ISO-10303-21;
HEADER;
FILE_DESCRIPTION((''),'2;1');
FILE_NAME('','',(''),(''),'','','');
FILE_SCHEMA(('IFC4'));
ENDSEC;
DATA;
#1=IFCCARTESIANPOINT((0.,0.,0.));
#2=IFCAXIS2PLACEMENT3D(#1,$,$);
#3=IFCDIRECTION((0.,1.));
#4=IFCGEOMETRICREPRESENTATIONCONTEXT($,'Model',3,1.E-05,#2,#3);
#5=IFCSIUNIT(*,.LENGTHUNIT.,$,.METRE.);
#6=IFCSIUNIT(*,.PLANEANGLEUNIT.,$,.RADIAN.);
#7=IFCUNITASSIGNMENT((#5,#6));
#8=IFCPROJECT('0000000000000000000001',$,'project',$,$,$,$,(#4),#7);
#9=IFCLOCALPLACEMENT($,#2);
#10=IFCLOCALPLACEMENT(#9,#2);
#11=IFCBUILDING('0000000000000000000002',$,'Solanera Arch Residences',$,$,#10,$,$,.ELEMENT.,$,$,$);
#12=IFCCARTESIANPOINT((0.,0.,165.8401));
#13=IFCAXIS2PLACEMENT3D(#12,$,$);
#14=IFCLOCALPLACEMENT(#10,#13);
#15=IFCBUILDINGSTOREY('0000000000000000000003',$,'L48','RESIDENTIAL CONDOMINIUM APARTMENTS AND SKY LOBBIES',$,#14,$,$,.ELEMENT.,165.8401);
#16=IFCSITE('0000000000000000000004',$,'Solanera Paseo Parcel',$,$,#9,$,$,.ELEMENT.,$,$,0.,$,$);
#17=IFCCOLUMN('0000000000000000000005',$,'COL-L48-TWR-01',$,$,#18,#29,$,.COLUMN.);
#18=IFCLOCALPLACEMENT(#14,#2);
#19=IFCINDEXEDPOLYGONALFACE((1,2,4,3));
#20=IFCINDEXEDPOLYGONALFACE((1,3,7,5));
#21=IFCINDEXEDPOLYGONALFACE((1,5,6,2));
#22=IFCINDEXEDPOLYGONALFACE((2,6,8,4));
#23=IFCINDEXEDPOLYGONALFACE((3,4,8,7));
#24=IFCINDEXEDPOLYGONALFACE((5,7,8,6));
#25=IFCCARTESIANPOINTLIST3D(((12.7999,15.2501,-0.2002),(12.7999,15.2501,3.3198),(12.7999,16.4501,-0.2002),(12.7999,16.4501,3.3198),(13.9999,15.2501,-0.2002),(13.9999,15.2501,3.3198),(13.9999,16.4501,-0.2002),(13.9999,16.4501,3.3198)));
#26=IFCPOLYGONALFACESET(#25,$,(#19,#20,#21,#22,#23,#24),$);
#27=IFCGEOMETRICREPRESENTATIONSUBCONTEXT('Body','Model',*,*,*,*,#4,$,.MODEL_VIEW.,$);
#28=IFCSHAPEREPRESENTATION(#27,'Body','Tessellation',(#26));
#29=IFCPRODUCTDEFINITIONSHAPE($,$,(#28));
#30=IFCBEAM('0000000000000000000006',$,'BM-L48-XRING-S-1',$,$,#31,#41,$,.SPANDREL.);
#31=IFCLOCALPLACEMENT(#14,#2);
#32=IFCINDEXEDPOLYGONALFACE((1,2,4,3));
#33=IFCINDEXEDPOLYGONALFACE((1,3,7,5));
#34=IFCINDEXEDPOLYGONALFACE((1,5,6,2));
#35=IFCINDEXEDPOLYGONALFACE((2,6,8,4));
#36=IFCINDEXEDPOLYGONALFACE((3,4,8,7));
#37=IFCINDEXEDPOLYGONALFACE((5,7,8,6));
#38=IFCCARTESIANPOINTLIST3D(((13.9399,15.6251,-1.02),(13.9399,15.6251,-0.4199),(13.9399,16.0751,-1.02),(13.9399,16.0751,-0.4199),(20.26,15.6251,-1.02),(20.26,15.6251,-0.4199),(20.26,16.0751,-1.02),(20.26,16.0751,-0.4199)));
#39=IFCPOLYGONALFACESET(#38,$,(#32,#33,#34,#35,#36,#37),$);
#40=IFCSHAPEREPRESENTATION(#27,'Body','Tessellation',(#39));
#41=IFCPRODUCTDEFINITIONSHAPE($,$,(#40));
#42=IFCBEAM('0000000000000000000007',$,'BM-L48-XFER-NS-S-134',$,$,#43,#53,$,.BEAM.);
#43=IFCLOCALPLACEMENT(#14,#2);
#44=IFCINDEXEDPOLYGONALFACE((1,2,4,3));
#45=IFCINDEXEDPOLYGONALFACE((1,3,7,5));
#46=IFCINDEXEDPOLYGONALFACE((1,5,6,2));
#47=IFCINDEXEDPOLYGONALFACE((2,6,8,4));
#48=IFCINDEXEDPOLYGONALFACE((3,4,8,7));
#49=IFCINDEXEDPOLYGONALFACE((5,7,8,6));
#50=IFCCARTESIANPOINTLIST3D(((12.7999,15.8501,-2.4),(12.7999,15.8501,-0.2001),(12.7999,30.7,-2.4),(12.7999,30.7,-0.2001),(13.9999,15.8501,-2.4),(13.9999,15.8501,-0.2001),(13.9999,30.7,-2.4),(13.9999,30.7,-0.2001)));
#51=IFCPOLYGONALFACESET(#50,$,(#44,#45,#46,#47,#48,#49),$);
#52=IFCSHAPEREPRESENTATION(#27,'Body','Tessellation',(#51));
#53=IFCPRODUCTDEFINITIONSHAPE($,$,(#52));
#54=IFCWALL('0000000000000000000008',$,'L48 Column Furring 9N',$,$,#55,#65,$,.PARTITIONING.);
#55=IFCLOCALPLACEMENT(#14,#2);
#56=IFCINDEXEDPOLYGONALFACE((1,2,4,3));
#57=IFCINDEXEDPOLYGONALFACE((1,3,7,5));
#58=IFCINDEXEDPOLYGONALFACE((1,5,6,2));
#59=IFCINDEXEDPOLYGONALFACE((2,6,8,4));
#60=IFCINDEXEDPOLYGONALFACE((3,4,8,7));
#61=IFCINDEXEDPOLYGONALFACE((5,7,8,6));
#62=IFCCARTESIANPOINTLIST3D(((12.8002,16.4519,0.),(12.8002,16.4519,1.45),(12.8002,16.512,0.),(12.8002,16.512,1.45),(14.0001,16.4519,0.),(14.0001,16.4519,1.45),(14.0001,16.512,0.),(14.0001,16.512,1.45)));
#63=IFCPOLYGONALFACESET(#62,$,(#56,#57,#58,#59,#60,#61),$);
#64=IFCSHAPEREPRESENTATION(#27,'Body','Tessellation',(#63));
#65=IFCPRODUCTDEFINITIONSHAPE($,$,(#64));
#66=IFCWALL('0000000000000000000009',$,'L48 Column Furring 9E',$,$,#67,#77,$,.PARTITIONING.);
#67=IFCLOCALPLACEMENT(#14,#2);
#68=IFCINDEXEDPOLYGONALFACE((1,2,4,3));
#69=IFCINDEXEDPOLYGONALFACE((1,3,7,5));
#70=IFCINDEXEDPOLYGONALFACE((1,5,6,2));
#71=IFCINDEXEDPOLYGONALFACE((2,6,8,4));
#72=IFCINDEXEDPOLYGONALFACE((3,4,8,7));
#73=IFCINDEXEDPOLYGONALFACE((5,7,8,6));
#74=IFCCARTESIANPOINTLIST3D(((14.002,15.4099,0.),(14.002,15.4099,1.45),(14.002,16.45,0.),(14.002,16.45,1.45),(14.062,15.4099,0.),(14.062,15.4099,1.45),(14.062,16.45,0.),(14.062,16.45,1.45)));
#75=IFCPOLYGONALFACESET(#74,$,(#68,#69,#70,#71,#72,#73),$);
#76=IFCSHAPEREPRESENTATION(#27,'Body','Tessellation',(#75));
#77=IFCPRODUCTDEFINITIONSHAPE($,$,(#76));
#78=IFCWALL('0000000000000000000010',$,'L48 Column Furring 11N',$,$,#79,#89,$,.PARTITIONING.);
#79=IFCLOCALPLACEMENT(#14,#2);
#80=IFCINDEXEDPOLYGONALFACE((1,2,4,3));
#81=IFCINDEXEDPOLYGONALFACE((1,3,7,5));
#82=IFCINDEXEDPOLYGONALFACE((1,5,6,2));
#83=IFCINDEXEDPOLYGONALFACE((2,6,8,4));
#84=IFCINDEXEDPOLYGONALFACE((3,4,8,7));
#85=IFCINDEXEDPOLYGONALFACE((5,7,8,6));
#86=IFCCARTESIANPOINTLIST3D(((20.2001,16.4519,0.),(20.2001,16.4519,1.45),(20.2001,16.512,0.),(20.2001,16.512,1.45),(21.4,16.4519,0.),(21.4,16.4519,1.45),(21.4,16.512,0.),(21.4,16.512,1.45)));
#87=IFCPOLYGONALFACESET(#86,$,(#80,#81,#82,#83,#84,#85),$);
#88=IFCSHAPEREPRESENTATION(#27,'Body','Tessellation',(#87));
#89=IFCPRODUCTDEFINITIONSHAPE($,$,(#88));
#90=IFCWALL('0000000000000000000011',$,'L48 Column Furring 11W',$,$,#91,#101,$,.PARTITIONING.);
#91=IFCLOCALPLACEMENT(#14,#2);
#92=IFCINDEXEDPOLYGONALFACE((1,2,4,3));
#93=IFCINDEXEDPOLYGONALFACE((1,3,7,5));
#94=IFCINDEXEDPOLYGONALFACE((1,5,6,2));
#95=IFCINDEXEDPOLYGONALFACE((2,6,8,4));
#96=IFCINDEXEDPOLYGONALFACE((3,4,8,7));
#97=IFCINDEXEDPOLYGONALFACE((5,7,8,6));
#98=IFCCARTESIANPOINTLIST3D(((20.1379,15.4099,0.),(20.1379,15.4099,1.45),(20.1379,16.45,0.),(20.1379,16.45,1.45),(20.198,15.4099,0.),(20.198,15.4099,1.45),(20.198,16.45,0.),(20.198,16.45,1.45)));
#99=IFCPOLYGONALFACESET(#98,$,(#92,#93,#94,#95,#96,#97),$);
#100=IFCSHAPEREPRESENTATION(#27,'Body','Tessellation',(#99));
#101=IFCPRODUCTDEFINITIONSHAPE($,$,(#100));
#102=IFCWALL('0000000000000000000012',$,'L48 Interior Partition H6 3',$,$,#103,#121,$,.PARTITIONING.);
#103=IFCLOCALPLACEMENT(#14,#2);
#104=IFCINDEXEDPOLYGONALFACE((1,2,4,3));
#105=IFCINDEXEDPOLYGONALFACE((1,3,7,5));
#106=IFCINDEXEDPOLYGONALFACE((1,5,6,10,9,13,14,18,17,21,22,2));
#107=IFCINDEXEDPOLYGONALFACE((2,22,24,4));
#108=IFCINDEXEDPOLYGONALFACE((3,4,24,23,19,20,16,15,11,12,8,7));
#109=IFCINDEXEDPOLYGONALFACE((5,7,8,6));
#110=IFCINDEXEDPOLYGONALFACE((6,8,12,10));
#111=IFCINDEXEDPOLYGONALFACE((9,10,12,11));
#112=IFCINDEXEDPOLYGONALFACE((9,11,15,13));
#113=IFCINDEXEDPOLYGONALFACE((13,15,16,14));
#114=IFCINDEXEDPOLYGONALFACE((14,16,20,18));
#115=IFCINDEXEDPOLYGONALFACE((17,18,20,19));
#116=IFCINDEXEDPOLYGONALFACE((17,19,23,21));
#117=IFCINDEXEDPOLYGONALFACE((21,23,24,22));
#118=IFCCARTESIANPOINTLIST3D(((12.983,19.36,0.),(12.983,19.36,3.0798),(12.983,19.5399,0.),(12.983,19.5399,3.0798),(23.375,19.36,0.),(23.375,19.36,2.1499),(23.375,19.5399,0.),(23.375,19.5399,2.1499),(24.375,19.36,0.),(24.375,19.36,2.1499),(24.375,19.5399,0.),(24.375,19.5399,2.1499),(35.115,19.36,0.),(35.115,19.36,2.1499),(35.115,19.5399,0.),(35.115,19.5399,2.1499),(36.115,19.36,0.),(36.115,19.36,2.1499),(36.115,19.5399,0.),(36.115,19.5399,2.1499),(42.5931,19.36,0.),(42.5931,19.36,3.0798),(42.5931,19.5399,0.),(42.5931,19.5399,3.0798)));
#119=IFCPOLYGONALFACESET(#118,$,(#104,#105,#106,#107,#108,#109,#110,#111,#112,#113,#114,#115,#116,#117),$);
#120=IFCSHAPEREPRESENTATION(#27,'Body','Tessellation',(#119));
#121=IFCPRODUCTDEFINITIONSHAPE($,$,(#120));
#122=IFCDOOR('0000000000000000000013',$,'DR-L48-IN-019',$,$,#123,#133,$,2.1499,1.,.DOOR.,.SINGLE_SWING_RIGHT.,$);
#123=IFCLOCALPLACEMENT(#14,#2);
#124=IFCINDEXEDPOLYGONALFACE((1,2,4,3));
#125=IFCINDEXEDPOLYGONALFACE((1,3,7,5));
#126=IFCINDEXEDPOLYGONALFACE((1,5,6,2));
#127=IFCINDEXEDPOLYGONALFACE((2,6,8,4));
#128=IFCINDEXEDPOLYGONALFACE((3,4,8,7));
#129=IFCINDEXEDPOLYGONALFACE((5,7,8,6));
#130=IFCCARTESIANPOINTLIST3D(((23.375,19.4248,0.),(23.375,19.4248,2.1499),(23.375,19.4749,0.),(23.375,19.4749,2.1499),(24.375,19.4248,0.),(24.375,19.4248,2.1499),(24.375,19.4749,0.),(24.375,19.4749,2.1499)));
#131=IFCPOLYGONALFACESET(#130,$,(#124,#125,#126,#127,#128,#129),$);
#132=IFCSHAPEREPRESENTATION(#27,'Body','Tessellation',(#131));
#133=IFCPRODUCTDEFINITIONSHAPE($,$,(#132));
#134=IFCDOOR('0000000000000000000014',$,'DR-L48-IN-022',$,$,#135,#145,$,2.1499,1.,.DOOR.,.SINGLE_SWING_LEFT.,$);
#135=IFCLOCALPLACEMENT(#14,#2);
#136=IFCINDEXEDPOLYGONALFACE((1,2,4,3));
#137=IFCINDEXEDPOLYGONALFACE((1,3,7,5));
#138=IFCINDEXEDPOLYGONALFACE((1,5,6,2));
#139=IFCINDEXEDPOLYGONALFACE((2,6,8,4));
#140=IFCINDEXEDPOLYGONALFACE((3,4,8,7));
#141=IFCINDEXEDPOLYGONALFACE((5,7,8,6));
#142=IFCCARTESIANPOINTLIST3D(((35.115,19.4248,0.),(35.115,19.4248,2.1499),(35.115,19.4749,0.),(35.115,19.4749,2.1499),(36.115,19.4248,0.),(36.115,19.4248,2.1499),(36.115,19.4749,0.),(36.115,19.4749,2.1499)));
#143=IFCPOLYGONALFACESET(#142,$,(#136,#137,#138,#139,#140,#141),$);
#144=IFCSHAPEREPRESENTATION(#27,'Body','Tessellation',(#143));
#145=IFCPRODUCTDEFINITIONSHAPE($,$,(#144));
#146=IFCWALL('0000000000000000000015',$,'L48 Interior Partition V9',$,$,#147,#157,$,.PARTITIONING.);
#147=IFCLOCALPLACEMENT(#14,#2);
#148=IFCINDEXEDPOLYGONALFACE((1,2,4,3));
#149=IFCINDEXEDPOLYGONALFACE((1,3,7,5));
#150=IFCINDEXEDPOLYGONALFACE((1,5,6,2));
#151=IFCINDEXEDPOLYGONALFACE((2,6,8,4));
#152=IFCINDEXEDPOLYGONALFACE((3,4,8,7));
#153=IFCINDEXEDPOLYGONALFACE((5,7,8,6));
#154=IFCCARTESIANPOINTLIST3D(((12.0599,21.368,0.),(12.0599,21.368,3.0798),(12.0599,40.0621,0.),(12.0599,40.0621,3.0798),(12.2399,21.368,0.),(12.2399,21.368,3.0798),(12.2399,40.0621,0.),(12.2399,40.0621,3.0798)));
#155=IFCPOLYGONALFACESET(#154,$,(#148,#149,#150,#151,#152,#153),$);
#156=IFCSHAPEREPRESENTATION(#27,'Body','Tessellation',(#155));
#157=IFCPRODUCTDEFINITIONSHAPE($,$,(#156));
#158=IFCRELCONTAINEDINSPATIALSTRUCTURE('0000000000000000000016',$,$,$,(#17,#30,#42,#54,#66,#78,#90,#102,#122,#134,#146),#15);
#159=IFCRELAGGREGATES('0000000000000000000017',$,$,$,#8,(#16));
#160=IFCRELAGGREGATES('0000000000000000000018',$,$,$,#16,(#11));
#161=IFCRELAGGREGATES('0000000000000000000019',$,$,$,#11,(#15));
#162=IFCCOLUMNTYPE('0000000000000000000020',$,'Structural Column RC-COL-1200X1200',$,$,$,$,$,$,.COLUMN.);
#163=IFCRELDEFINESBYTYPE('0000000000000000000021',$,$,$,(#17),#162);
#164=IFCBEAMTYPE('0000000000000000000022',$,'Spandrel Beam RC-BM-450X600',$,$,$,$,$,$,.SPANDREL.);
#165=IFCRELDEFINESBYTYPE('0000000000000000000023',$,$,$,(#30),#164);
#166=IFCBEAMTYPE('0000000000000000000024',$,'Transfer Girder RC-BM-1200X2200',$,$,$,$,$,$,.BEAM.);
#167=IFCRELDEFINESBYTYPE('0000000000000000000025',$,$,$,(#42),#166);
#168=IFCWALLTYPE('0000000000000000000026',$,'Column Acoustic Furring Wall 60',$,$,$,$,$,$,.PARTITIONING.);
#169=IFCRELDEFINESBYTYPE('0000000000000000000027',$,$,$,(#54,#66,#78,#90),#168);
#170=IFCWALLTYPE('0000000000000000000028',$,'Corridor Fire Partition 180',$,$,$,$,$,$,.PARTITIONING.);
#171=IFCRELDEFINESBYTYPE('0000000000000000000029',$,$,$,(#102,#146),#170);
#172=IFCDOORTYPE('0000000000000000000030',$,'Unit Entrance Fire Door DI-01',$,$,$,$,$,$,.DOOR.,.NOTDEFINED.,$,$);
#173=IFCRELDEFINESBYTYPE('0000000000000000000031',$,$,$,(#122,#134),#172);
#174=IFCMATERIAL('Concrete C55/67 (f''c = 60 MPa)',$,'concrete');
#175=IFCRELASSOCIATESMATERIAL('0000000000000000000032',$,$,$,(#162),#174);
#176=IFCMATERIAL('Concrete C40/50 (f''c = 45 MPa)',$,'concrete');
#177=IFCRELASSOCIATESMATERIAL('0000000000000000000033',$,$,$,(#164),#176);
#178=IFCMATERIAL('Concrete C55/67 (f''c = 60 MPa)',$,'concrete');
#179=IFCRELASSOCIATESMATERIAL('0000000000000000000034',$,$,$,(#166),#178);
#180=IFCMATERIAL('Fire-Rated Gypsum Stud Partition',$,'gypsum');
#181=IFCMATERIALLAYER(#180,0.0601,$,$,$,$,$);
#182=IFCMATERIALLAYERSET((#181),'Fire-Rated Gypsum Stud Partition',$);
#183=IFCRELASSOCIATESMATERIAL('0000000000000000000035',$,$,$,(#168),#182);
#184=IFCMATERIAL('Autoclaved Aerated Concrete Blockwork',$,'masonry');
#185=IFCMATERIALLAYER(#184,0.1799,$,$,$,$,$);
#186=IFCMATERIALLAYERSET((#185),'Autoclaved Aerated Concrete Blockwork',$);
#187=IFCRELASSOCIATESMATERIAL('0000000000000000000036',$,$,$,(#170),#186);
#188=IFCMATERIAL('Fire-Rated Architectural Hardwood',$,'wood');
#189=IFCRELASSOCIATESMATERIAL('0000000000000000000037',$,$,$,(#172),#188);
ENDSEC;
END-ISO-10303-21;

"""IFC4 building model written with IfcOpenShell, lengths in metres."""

from ifc_helpers import new_model, si_unit, direction, frame, frame_2d, origin, origin_2d, place, context, subcontext, project, spatial, rectangle, extrude, material, layer, layer_set, material_profile, profile_set, type_object, element, fill, save


model = new_model("IFC4")

# Units and contexts
model_context = context("Model", 3, precision=1e-05, world=origin(), true_north=direction((0.0, 1.0)))
body_context = subcontext(model_context, "Body", "Model", "MODEL_VIEW")
ifc_project = project(units=[si_unit("LENGTHUNIT", "METRE"), si_unit("PLANEANGLEUNIT", "RADIAN")], contexts=[model_context])

# Site, building, storey
site_placement = place(None, origin())
site = spatial("IfcSite", under=ifc_project, at=site_placement, Name="Solanera Paseo Parcel", CompositionType="ELEMENT", RefElevation=0.0)
building_placement = place(site_placement, origin())
building = spatial("IfcBuilding", under=site, at=building_placement, Name="Solanera Arch Residences", CompositionType="ELEMENT")
storey_placement = place(building_placement, frame((0.0, 0.0, 165.8401)))
storey = spatial("IfcBuildingStorey", under=building, at=storey_placement, Name="L48", Description="RESIDENTIAL CONDOMINIUM APARTMENTS AND SKY LOBBIES", CompositionType="ELEMENT", Elevation=165.8401)

# Column
ifc_material_1 = material(Name="Concrete C55/67 (f'c = 60 MPa)", Category="concrete")
ifc_material_profile_1 = material_profile(ifc_material_1, rectangle(XDim=1.2, YDim=1.2, at=origin_2d()))
ifc_profile_set_1 = profile_set([ifc_material_profile_1], Name="Concrete C55/67 (f'c = 60 MPa)")
column_type = type_object("IfcColumnType", Name="Structural Column RC-COL-1200X1200", PredefinedType="COLUMN", material=ifc_profile_set_1)
column_placement = place(storey_placement, frame((13.3999, 15.8501, -0.2002), z_axis=(0.0, 0.0, 1.0), x_axis=(1.0, 0.0, 0.0)))
element("IfcColumn", 1, at=column_placement, inside=storey, type_object=column_type, Name="COL-L48-TWR-01", PredefinedType="COLUMN", context=body_context, shape_type="SweptSolid", body=[
    extrude(rectangle(XDim=1.2, YDim=1.2, at=origin_2d()), origin(), (0.0, 0.0, 1.0), 3.52),
])

# Beams
ifc_material_2 = material(Name="Concrete C40/50 (f'c = 45 MPa)", Category="concrete")
ifc_material_profile_2 = material_profile(ifc_material_2, rectangle(XDim=0.45, YDim=0.6001, at=origin_2d()))
ifc_profile_set_2 = profile_set([ifc_material_profile_2], Name="Concrete C40/50 (f'c = 45 MPa)")
beam_type_1 = type_object("IfcBeamType", Name="Spandrel Beam RC-BM-450X600", PredefinedType="SPANDREL", material=ifc_profile_set_2)
beam_1_placement = place(storey_placement, frame((13.9399, 15.8501, -0.72), z_axis=(1.0, 0.0, 0.0), x_axis=(0.0, 1.0, 0.0)))
element("IfcBeam", 2, at=beam_1_placement, inside=storey, type_object=beam_type_1, Name="BM-L48-XRING-S-1", PredefinedType="SPANDREL", context=body_context, shape_type="SweptSolid", body=[
    extrude(rectangle(XDim=0.45, YDim=0.6001, at=origin_2d()), origin(), (0.0, 0.0, 1.0), 6.3201),
])
ifc_material_3 = material(Name="Concrete C55/67 (f'c = 60 MPa)", Category="concrete")
ifc_material_profile_3 = material_profile(ifc_material_3, rectangle(XDim=1.2, YDim=2.2, at=origin_2d()))
ifc_profile_set_3 = profile_set([ifc_material_profile_3], Name="Concrete C55/67 (f'c = 60 MPa)")
beam_type_2 = type_object("IfcBeamType", Name="Transfer Girder RC-BM-1200X2200", PredefinedType="BEAM", material=ifc_profile_set_3)
beam_2_placement = place(storey_placement, frame((13.3999, 15.8501, -1.3), z_axis=(0.0, 1.0, 0.0), x_axis=(-1.0, 0.0, 0.0)))
element("IfcBeam", 3, at=beam_2_placement, inside=storey, type_object=beam_type_2, Name="BM-L48-XFER-NS-S-134", PredefinedType="BEAM", context=body_context, shape_type="SweptSolid", body=[
    extrude(rectangle(XDim=1.2, YDim=2.2, at=origin_2d()), origin(), (0.0, 0.0, 1.0), 14.8499),
])

# Walls
ifc_material_4 = material(Name="Fire-Rated Gypsum Stud Partition", Category="gypsum")
ifc_layer_1 = layer(ifc_material_4, 0.0601)
ifc_layer_set_1 = layer_set([ifc_layer_1], Name="Fire-Rated Gypsum Stud Partition")
wall_type_1 = type_object("IfcWallType", Name="Column Acoustic Furring Wall 60", PredefinedType="PARTITIONING", material=ifc_layer_set_1)
wall_1_placement = place(storey_placement, frame((12.8, 16.4819, 0.0), z_axis=(0.0, 0.0, 1.0), x_axis=(1.0, 0.0, 0.0)))
element("IfcWall", 4, at=wall_1_placement, inside=storey, type_object=wall_type_1, Name="L48 Column Furring 9N", PredefinedType="PARTITIONING", context=body_context, shape_type="SweptSolid", body=[
    extrude(rectangle(XDim=1.2, YDim=0.0601, at=frame_2d((0.6001, 0.0))), origin(), (0.0, 0.0, 1.0), 1.45),
])
wall_2_placement = place(storey_placement, frame((14.032, 15.4099, 0.0), z_axis=(0.0, 0.0, 1.0), x_axis=(0.0, 1.0, 0.0)))
element("IfcWall", 5, at=wall_2_placement, inside=storey, type_object=wall_type_1, Name="L48 Column Furring 9E", PredefinedType="PARTITIONING", context=body_context, shape_type="SweptSolid", body=[
    extrude(rectangle(XDim=1.04, YDim=0.0601, at=frame_2d((0.52, 0.0))), origin(), (0.0, 0.0, 1.0), 1.45),
])
wall_3_placement = place(storey_placement, frame((20.2, 16.4819, 0.0), z_axis=(0.0, 0.0, 1.0), x_axis=(1.0, 0.0, 0.0)))
element("IfcWall", 6, at=wall_3_placement, inside=storey, type_object=wall_type_1, Name="L48 Column Furring 11N", PredefinedType="PARTITIONING", context=body_context, shape_type="SweptSolid", body=[
    extrude(rectangle(XDim=1.2, YDim=0.0601, at=frame_2d((0.6001, 0.0))), origin(), (0.0, 0.0, 1.0), 1.45),
])
wall_4_placement = place(storey_placement, frame((20.168, 15.4099, 0.0), z_axis=(0.0, 0.0, 1.0), x_axis=(0.0, 1.0, 0.0)))
element("IfcWall", 7, at=wall_4_placement, inside=storey, type_object=wall_type_1, Name="L48 Column Furring 11W", PredefinedType="PARTITIONING", context=body_context, shape_type="SweptSolid", body=[
    extrude(rectangle(XDim=1.04, YDim=0.0601, at=frame_2d((0.52, 0.0))), origin(), (0.0, 0.0, 1.0), 1.45),
])

# Wall, openings, doors
ifc_material_5 = material(Name="Autoclaved Aerated Concrete Blockwork", Category="masonry")
ifc_layer_2 = layer(ifc_material_5, 0.1799)
ifc_layer_set_2 = layer_set([ifc_layer_2], Name="Autoclaved Aerated Concrete Blockwork")
wall_type_2 = type_object("IfcWallType", Name="Corridor Fire Partition 180", PredefinedType="PARTITIONING", material=ifc_layer_set_2)
wall_5_placement = place(storey_placement, frame((12.9829, 19.45, 0.0), z_axis=(0.0, 0.0, 1.0), x_axis=(1.0, 0.0, 0.0)))
wall_5 = element("IfcWall", 8, at=wall_5_placement, inside=storey, type_object=wall_type_2, Name="L48 Interior Partition H6 3", PredefinedType="PARTITIONING", context=body_context, shape_type="SweptSolid", body=[
    extrude(rectangle(XDim=29.6101, YDim=0.1799, at=frame_2d((14.8052, 0.0))), origin(), (0.0, 0.0, 1.0), 3.0798),
])
opening_1_placement = place(wall_5_placement, frame((10.3921, 0.0, 0.0)))
opening_1 = element("IfcOpeningElement", 9, at=opening_1_placement, cuts=wall_5, PredefinedType="OPENING", context=body_context, shape_type="SweptSolid", body=[
    extrude(rectangle(XDim=1.0, YDim=2.1499, at=frame_2d((0.5, 1.075))), frame((0.0, 0.1001, 0.0), z_axis=(0.0, -1.0, 0.0), x_axis=(1.0, 0.0, 0.0)), (0.0, 0.0, 1.0), 0.1999),
])
opening_2_placement = place(wall_5_placement, frame((22.1321, 0.0, 0.0)))
opening_2 = element("IfcOpeningElement", 10, at=opening_2_placement, cuts=wall_5, PredefinedType="OPENING", context=body_context, shape_type="SweptSolid", body=[
    extrude(rectangle(XDim=1.0, YDim=2.1499, at=frame_2d((0.5, 1.075))), frame((0.0, 0.1001, 0.0), z_axis=(0.0, -1.0, 0.0), x_axis=(1.0, 0.0, 0.0)), (0.0, 0.0, 1.0), 0.1999),
])
ifc_material_6 = material(Name="Fire-Rated Architectural Hardwood", Category="wood")
door_type_1 = type_object("IfcDoorType", Name="Unit Entrance Fire Door DI-01", OperationType="NOTDEFINED", PredefinedType="DOOR", material=ifc_material_6)
door_1_placement = place(opening_1_placement, origin())
door_1 = element("IfcDoor", 11, at=door_1_placement, inside=storey, type_object=door_type_1, Name="DR-L48-IN-019", OperationType="SINGLE_SWING_RIGHT", OverallHeight=2.1499, OverallWidth=1.0, PredefinedType="DOOR", context=body_context, shape_type="SweptSolid", body=[
    extrude(rectangle(XDim=1.0, YDim=2.1499, at=frame_2d((0.5, 1.075))), frame((0.0, 0.0249, 0.0), z_axis=(0.0, -1.0, 0.0), x_axis=(1.0, 0.0, 0.0)), (0.0, 0.0, 1.0), 0.05),
])
fill(opening_1, door_1)
door_2_placement = place(opening_2_placement, origin())
door_2 = element("IfcDoor", 12, at=door_2_placement, inside=storey, type_object=door_type_1, Name="DR-L48-IN-022", OperationType="SINGLE_SWING_LEFT", OverallHeight=2.1499, OverallWidth=1.0, PredefinedType="DOOR", context=body_context, shape_type="SweptSolid", body=[
    extrude(rectangle(XDim=1.0, YDim=2.1499, at=frame_2d((0.5, 1.075))), frame((0.0, 0.0249, 0.0), z_axis=(0.0, -1.0, 0.0), x_axis=(1.0, 0.0, 0.0)), (0.0, 0.0, 1.0), 0.05),
])
fill(opening_2, door_2)

# Wall
wall_6_placement = place(storey_placement, frame((12.1499, 21.3679, 0.0), z_axis=(0.0, 0.0, 1.0), x_axis=(0.0, 1.0, 0.0)))
element("IfcWall", 13, at=wall_6_placement, inside=storey, type_object=wall_type_2, Name="L48 Interior Partition V9", PredefinedType="PARTITIONING", context=body_context, shape_type="SweptSolid", body=[
    extrude(rectangle(XDim=18.6941, YDim=0.1799, at=frame_2d((9.3472, 0.0))), origin(), (0.0, 0.0, 1.0), 3.0798),
])

save(model, "model.ifc")
